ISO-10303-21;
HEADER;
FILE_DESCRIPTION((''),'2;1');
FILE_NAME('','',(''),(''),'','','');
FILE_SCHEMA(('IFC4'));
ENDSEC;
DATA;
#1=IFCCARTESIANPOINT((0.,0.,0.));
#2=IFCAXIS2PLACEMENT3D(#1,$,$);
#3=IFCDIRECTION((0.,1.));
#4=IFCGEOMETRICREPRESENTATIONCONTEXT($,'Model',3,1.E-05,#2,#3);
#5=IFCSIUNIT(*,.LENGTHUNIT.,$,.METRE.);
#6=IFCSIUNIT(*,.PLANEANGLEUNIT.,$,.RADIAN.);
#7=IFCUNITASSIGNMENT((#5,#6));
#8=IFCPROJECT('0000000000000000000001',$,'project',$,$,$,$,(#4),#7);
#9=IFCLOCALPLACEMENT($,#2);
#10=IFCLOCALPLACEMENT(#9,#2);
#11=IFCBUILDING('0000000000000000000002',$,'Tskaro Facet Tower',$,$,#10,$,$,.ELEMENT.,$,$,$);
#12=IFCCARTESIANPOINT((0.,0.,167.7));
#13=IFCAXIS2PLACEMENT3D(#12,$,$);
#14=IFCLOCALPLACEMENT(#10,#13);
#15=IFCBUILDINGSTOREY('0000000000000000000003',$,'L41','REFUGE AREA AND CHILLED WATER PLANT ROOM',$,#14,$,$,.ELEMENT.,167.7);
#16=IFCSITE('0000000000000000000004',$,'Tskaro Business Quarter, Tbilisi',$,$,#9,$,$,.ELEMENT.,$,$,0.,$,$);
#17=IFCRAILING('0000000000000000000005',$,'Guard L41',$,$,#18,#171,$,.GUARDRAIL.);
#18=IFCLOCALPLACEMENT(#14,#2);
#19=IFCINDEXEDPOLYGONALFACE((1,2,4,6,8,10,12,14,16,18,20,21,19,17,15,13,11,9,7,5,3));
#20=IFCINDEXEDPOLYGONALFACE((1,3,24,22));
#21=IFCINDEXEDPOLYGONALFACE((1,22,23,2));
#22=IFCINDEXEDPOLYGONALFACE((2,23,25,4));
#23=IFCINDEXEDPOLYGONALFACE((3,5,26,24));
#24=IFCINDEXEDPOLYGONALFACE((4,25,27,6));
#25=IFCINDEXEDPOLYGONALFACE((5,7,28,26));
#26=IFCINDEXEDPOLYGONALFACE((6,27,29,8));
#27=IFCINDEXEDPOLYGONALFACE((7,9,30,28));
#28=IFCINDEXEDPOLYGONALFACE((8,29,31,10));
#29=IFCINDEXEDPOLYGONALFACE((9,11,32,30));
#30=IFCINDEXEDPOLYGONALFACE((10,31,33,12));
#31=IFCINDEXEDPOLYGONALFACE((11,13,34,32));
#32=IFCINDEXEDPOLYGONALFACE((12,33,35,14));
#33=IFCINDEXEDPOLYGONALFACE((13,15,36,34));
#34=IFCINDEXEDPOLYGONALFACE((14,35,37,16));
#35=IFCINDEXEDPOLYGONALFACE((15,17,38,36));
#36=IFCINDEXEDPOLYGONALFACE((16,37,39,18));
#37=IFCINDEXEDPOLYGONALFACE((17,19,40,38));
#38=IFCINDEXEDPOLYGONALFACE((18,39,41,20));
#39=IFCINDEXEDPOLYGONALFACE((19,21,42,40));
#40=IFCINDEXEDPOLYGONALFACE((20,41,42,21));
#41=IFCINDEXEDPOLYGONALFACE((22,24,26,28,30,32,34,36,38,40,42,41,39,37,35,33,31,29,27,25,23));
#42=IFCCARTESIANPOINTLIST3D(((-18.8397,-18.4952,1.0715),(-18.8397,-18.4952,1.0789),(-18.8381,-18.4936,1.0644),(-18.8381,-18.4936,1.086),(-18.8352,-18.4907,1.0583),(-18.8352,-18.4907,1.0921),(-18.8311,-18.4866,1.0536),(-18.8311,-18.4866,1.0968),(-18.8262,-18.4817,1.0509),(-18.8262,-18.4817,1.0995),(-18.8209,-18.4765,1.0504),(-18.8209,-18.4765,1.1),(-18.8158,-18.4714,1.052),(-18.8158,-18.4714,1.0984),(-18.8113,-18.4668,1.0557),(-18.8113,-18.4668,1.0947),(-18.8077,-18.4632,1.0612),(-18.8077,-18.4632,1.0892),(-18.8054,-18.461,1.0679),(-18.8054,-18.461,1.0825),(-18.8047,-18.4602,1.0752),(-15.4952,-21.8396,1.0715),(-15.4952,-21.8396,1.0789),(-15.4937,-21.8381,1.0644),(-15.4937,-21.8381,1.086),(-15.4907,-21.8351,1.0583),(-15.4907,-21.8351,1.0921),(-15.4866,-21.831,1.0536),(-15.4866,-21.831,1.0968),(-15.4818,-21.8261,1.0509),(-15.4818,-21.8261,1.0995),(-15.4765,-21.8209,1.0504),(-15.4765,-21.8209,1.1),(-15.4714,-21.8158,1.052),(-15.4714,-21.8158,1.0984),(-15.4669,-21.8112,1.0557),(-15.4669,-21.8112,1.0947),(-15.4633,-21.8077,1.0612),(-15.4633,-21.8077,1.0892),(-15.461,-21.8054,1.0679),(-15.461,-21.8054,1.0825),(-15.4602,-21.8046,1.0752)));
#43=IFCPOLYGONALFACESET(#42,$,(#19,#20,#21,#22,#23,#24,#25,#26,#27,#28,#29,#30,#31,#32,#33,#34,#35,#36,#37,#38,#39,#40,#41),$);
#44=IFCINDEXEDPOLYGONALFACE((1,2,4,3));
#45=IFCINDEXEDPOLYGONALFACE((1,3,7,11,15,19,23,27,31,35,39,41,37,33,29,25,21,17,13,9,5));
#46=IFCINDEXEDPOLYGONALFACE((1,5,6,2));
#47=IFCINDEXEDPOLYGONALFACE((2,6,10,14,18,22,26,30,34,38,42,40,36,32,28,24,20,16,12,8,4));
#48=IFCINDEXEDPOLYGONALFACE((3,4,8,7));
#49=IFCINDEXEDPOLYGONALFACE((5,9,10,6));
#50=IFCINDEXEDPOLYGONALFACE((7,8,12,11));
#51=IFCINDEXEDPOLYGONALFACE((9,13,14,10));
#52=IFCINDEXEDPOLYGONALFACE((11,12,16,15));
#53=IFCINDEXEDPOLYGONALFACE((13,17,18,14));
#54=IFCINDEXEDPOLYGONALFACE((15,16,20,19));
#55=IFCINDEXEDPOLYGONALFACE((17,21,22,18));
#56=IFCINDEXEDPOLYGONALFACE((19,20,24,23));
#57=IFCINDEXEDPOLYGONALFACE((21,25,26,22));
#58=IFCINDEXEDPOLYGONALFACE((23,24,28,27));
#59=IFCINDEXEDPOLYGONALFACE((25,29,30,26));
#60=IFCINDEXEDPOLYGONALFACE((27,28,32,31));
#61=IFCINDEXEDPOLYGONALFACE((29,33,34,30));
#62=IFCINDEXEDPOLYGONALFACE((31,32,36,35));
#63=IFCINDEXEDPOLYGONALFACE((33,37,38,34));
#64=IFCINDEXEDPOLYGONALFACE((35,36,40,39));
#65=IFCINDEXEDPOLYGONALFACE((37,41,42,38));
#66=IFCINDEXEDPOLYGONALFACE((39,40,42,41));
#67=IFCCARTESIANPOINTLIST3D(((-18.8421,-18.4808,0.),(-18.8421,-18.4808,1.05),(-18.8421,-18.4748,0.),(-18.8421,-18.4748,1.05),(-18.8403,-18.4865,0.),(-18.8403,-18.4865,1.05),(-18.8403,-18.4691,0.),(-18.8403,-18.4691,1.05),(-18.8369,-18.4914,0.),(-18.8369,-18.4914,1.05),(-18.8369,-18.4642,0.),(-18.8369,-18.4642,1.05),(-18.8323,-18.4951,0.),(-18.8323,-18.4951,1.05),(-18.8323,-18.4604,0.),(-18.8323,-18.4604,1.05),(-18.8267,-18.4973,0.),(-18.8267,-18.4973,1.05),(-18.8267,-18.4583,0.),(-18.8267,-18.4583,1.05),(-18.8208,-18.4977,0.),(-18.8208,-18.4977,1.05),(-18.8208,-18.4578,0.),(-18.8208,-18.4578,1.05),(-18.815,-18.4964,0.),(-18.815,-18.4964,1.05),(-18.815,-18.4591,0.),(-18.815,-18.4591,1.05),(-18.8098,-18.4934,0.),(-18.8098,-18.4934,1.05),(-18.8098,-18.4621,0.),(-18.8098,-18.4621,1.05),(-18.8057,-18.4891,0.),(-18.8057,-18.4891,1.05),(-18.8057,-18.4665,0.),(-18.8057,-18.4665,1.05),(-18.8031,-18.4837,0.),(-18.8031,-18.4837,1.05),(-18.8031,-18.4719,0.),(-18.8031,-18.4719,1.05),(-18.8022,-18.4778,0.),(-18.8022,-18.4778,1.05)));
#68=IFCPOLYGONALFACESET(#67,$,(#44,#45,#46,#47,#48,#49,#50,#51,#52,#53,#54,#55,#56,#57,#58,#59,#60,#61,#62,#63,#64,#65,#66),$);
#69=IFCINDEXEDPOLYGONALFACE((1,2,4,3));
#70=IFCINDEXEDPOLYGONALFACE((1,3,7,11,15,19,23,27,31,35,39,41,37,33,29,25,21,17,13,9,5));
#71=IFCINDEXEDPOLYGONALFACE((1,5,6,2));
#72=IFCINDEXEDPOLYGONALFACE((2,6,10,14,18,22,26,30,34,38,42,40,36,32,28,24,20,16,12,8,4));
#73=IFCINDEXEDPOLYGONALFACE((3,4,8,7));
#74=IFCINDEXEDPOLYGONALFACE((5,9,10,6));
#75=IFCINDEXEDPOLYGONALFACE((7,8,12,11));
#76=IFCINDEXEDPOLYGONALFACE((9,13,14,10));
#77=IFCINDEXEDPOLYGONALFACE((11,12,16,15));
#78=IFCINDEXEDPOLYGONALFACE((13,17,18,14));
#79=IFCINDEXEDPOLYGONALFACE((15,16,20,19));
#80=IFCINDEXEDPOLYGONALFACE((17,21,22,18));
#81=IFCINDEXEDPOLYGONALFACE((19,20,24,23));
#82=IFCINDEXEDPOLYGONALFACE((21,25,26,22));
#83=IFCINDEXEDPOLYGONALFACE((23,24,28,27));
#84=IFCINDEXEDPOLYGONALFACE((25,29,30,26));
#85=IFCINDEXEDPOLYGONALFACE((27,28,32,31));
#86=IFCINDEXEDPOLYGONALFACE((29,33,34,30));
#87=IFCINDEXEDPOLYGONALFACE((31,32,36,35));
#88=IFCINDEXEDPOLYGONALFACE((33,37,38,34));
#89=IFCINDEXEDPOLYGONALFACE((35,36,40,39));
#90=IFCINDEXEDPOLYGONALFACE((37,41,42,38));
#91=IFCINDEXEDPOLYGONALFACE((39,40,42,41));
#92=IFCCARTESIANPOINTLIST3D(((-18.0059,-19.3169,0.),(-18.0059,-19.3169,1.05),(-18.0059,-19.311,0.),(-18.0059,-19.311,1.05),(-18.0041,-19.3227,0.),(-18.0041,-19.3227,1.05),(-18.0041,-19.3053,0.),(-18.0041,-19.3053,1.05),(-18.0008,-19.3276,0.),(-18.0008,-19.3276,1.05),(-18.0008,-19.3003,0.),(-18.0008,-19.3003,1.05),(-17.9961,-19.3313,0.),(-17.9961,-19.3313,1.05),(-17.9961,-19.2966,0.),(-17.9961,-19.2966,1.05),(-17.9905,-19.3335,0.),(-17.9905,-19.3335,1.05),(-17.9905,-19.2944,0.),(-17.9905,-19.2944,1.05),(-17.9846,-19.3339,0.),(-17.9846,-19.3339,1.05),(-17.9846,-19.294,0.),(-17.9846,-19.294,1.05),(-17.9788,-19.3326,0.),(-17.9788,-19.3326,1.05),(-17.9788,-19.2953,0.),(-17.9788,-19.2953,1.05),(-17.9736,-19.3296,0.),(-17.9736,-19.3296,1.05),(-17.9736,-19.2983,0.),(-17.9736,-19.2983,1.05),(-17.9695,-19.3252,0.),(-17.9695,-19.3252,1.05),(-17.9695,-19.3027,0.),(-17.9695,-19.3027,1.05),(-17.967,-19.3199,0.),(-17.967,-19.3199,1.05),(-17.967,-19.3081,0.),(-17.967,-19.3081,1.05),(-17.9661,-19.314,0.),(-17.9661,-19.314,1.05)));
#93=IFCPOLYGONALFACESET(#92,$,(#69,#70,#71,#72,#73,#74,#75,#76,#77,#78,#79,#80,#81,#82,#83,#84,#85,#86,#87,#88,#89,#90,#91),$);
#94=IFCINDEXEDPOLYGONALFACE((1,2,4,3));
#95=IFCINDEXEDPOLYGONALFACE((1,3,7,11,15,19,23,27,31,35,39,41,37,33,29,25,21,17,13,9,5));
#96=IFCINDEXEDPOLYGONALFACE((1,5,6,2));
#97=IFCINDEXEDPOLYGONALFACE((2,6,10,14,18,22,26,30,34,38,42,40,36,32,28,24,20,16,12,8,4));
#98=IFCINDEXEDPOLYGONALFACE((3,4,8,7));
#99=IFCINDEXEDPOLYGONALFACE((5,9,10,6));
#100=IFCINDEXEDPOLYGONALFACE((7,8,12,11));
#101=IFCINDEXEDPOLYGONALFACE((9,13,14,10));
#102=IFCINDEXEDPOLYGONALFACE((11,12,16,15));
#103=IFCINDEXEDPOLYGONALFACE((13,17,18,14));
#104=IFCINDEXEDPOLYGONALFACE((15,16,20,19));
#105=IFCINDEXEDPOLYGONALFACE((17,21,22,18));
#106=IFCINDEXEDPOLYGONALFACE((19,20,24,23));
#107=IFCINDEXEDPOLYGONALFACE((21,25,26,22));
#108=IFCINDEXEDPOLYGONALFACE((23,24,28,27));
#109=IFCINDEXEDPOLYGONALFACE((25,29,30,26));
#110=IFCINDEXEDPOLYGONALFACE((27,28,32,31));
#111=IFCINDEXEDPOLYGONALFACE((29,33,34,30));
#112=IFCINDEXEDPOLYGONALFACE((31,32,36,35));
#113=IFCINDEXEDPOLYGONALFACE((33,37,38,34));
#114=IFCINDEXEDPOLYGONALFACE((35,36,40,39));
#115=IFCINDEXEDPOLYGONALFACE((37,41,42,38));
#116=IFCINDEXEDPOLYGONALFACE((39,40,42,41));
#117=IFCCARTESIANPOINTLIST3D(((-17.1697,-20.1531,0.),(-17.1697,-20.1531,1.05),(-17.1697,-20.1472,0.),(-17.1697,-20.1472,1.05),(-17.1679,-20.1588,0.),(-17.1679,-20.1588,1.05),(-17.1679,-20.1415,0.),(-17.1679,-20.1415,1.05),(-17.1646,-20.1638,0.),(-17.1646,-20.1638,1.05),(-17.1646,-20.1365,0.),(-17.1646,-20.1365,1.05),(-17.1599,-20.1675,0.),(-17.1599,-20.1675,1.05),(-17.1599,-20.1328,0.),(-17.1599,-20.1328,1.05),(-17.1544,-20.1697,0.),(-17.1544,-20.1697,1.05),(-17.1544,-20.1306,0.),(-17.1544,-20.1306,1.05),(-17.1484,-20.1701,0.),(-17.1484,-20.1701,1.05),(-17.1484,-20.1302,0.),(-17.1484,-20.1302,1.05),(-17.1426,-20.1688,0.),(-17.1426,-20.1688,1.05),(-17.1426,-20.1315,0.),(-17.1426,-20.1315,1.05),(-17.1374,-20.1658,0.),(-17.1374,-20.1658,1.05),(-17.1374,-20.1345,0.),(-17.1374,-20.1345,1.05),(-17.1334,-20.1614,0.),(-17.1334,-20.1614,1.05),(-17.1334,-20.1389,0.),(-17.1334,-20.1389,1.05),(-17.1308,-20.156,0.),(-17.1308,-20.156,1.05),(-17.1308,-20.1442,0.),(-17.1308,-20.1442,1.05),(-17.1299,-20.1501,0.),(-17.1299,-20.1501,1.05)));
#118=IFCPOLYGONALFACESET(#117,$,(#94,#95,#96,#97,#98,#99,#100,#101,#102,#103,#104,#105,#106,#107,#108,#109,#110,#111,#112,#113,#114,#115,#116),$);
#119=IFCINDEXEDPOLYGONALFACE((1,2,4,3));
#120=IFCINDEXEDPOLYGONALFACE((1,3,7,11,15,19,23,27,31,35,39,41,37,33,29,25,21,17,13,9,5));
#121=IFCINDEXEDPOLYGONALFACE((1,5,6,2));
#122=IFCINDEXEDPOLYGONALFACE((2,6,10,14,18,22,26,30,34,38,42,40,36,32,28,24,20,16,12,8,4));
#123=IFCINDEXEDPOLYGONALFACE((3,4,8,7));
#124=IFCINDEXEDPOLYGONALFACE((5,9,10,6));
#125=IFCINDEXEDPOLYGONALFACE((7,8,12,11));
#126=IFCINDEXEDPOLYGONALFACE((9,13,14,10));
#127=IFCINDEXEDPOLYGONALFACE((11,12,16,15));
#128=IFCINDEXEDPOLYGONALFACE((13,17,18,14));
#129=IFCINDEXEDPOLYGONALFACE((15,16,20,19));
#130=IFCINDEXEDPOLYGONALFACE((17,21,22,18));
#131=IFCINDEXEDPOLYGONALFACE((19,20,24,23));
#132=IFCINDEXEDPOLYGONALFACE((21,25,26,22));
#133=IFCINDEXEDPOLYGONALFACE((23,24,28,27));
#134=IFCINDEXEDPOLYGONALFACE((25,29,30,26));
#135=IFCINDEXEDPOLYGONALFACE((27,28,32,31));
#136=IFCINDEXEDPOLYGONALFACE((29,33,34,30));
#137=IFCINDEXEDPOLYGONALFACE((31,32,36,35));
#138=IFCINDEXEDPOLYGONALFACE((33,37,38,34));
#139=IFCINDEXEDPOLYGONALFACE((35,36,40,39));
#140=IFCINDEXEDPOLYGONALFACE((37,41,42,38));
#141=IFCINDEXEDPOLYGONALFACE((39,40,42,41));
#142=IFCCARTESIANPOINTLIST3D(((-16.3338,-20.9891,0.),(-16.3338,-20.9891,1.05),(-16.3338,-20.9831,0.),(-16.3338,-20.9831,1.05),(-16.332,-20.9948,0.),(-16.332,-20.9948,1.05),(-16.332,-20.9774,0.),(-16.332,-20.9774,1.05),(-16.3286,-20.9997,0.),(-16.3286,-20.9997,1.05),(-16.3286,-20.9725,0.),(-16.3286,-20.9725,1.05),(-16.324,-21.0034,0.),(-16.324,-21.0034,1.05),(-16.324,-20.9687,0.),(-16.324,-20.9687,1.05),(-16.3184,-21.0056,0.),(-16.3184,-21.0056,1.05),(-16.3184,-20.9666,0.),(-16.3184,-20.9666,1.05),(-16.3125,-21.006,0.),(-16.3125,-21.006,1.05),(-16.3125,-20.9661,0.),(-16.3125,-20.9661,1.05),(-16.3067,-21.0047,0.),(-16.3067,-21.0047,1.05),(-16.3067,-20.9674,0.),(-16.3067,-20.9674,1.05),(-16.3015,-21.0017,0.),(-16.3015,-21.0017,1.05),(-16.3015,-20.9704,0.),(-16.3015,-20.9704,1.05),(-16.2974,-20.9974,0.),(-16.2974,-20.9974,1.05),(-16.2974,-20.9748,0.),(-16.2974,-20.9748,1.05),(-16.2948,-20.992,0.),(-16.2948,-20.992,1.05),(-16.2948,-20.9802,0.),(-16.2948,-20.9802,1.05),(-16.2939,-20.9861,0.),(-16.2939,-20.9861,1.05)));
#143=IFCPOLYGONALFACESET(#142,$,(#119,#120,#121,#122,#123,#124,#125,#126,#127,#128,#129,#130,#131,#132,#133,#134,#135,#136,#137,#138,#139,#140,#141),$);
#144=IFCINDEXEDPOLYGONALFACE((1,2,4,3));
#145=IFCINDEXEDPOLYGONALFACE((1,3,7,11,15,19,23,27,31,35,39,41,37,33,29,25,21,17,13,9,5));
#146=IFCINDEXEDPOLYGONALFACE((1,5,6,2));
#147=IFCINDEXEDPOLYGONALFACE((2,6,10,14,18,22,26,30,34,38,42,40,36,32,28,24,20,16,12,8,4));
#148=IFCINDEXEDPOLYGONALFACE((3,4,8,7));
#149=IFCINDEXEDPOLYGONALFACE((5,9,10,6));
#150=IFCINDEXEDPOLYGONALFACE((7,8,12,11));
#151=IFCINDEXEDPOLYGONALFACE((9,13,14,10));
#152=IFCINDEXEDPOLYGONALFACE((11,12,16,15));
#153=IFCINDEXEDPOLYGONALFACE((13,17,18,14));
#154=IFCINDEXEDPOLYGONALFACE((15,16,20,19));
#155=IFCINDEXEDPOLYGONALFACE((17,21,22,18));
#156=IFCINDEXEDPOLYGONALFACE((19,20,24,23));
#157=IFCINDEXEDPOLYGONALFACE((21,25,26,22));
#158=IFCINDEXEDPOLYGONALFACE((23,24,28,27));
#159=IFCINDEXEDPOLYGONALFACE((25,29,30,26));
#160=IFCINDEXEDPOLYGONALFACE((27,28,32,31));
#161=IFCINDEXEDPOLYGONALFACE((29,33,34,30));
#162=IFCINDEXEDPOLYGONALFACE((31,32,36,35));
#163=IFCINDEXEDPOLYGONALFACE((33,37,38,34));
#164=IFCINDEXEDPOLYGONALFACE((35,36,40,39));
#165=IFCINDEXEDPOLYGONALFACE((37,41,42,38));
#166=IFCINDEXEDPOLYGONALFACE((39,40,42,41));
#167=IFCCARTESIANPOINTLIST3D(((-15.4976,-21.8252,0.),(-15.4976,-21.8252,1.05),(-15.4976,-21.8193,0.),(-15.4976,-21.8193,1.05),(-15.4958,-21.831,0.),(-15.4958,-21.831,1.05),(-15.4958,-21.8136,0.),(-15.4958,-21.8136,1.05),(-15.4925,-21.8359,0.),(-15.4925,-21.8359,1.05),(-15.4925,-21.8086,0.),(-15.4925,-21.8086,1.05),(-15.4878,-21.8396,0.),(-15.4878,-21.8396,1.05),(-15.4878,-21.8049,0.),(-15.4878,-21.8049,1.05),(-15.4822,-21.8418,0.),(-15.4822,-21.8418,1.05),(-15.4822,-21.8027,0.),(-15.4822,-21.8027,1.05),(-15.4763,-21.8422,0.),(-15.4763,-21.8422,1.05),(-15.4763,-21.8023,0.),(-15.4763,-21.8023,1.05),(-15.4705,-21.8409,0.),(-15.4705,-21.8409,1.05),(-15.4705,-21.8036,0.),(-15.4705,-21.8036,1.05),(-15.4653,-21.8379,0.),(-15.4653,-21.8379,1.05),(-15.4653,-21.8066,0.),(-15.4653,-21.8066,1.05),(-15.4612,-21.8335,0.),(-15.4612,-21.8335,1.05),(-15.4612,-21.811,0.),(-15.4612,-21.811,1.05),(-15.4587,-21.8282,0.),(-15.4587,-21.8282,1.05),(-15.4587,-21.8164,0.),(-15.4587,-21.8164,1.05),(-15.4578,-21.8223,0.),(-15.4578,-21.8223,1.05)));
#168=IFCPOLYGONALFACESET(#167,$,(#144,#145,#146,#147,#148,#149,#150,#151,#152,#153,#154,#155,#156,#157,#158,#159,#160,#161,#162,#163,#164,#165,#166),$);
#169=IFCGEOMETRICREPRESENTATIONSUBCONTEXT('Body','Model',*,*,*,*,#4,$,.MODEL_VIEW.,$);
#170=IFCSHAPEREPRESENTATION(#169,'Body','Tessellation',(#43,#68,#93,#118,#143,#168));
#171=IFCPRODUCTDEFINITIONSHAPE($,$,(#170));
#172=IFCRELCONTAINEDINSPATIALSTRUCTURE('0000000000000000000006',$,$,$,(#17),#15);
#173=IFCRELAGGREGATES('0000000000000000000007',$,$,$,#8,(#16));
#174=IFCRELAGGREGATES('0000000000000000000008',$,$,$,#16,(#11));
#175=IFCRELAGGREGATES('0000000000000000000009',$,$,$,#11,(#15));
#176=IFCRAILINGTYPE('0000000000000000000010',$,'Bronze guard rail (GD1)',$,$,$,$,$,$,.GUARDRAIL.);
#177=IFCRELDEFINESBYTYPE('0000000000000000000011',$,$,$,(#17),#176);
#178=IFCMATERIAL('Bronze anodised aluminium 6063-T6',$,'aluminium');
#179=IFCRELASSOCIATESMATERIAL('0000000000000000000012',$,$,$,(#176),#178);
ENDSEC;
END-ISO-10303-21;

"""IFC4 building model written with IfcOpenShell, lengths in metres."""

from ifc_helpers import new_model, si_unit, direction, frame, origin, origin_2d, place, context, subcontext, project, spatial, circle, extrude, material, type_object, element, save


model = new_model("IFC4")

# Units and contexts
model_context = context("Model", 3, precision=1e-05, world=origin(), true_north=direction((0.0, 1.0)))
body_context = subcontext(model_context, "Body", "Model", "MODEL_VIEW")
ifc_project = project(units=[si_unit("LENGTHUNIT", "METRE"), si_unit("PLANEANGLEUNIT", "RADIAN")], contexts=[model_context])

# Site, building, storey
site_placement = place(None, origin())
site = spatial("IfcSite", under=ifc_project, at=site_placement, Name="Tskaro Business Quarter, Tbilisi", CompositionType="ELEMENT", RefElevation=0.0)
building_placement = place(site_placement, origin())
building = spatial("IfcBuilding", under=site, at=building_placement, Name="Tskaro Facet Tower", CompositionType="ELEMENT")
storey_placement = place(building_placement, frame((0.0, 0.0, 167.7)))
storey = spatial("IfcBuildingStorey", under=building, at=storey_placement, Name="L41", Description="REFUGE AREA AND CHILLED WATER PLANT ROOM", CompositionType="ELEMENT", Elevation=167.7)

# Railing
ifc_material_1 = material(Name="Bronze anodised aluminium 6063-T6", Category="aluminium")
railing_type = type_object("IfcRailingType", Name="Bronze guard rail (GD1)", PredefinedType="GUARDRAIL", material=ifc_material_1)
railing_placement = place(storey_placement, frame((-18.8223, -18.4778, 0.0)))
element("IfcRailing", 1, at=railing_placement, inside=storey, type_object=railing_type, Name="Guard L41", PredefinedType="GUARDRAIL", context=body_context, shape_type="SweptSolid", body=[
    extrude(circle(Radius=0.0249, at=origin_2d()), frame((0.0, 0.0, 1.0752), z_axis=(0.707107, -0.707107, 0.0), x_axis=(0.707107, 0.707107, 0.0)), (0.0, 0.0, 1.0), 4.7297),
    extrude(circle(Radius=0.02, at=origin_2d()), origin(), (0.0, 0.0, 1.0), 1.05),
    extrude(circle(Radius=0.02, at=origin_2d()), frame((0.8362, -0.8362, 0.0)), (0.0, 0.0, 1.0), 1.05),
    extrude(circle(Radius=0.02, at=origin_2d()), frame((1.6724, -1.6724, 0.0)), (0.0, 0.0, 1.0), 1.05),
    extrude(circle(Radius=0.02, at=origin_2d()), frame((2.5083, -2.5083, 0.0)), (0.0, 0.0, 1.0), 1.05),
    extrude(circle(Radius=0.02, at=origin_2d()), frame((3.3445, -3.3445, 0.0)), (0.0, 0.0, 1.0), 1.05),
])

save(model, "model.ifc")
